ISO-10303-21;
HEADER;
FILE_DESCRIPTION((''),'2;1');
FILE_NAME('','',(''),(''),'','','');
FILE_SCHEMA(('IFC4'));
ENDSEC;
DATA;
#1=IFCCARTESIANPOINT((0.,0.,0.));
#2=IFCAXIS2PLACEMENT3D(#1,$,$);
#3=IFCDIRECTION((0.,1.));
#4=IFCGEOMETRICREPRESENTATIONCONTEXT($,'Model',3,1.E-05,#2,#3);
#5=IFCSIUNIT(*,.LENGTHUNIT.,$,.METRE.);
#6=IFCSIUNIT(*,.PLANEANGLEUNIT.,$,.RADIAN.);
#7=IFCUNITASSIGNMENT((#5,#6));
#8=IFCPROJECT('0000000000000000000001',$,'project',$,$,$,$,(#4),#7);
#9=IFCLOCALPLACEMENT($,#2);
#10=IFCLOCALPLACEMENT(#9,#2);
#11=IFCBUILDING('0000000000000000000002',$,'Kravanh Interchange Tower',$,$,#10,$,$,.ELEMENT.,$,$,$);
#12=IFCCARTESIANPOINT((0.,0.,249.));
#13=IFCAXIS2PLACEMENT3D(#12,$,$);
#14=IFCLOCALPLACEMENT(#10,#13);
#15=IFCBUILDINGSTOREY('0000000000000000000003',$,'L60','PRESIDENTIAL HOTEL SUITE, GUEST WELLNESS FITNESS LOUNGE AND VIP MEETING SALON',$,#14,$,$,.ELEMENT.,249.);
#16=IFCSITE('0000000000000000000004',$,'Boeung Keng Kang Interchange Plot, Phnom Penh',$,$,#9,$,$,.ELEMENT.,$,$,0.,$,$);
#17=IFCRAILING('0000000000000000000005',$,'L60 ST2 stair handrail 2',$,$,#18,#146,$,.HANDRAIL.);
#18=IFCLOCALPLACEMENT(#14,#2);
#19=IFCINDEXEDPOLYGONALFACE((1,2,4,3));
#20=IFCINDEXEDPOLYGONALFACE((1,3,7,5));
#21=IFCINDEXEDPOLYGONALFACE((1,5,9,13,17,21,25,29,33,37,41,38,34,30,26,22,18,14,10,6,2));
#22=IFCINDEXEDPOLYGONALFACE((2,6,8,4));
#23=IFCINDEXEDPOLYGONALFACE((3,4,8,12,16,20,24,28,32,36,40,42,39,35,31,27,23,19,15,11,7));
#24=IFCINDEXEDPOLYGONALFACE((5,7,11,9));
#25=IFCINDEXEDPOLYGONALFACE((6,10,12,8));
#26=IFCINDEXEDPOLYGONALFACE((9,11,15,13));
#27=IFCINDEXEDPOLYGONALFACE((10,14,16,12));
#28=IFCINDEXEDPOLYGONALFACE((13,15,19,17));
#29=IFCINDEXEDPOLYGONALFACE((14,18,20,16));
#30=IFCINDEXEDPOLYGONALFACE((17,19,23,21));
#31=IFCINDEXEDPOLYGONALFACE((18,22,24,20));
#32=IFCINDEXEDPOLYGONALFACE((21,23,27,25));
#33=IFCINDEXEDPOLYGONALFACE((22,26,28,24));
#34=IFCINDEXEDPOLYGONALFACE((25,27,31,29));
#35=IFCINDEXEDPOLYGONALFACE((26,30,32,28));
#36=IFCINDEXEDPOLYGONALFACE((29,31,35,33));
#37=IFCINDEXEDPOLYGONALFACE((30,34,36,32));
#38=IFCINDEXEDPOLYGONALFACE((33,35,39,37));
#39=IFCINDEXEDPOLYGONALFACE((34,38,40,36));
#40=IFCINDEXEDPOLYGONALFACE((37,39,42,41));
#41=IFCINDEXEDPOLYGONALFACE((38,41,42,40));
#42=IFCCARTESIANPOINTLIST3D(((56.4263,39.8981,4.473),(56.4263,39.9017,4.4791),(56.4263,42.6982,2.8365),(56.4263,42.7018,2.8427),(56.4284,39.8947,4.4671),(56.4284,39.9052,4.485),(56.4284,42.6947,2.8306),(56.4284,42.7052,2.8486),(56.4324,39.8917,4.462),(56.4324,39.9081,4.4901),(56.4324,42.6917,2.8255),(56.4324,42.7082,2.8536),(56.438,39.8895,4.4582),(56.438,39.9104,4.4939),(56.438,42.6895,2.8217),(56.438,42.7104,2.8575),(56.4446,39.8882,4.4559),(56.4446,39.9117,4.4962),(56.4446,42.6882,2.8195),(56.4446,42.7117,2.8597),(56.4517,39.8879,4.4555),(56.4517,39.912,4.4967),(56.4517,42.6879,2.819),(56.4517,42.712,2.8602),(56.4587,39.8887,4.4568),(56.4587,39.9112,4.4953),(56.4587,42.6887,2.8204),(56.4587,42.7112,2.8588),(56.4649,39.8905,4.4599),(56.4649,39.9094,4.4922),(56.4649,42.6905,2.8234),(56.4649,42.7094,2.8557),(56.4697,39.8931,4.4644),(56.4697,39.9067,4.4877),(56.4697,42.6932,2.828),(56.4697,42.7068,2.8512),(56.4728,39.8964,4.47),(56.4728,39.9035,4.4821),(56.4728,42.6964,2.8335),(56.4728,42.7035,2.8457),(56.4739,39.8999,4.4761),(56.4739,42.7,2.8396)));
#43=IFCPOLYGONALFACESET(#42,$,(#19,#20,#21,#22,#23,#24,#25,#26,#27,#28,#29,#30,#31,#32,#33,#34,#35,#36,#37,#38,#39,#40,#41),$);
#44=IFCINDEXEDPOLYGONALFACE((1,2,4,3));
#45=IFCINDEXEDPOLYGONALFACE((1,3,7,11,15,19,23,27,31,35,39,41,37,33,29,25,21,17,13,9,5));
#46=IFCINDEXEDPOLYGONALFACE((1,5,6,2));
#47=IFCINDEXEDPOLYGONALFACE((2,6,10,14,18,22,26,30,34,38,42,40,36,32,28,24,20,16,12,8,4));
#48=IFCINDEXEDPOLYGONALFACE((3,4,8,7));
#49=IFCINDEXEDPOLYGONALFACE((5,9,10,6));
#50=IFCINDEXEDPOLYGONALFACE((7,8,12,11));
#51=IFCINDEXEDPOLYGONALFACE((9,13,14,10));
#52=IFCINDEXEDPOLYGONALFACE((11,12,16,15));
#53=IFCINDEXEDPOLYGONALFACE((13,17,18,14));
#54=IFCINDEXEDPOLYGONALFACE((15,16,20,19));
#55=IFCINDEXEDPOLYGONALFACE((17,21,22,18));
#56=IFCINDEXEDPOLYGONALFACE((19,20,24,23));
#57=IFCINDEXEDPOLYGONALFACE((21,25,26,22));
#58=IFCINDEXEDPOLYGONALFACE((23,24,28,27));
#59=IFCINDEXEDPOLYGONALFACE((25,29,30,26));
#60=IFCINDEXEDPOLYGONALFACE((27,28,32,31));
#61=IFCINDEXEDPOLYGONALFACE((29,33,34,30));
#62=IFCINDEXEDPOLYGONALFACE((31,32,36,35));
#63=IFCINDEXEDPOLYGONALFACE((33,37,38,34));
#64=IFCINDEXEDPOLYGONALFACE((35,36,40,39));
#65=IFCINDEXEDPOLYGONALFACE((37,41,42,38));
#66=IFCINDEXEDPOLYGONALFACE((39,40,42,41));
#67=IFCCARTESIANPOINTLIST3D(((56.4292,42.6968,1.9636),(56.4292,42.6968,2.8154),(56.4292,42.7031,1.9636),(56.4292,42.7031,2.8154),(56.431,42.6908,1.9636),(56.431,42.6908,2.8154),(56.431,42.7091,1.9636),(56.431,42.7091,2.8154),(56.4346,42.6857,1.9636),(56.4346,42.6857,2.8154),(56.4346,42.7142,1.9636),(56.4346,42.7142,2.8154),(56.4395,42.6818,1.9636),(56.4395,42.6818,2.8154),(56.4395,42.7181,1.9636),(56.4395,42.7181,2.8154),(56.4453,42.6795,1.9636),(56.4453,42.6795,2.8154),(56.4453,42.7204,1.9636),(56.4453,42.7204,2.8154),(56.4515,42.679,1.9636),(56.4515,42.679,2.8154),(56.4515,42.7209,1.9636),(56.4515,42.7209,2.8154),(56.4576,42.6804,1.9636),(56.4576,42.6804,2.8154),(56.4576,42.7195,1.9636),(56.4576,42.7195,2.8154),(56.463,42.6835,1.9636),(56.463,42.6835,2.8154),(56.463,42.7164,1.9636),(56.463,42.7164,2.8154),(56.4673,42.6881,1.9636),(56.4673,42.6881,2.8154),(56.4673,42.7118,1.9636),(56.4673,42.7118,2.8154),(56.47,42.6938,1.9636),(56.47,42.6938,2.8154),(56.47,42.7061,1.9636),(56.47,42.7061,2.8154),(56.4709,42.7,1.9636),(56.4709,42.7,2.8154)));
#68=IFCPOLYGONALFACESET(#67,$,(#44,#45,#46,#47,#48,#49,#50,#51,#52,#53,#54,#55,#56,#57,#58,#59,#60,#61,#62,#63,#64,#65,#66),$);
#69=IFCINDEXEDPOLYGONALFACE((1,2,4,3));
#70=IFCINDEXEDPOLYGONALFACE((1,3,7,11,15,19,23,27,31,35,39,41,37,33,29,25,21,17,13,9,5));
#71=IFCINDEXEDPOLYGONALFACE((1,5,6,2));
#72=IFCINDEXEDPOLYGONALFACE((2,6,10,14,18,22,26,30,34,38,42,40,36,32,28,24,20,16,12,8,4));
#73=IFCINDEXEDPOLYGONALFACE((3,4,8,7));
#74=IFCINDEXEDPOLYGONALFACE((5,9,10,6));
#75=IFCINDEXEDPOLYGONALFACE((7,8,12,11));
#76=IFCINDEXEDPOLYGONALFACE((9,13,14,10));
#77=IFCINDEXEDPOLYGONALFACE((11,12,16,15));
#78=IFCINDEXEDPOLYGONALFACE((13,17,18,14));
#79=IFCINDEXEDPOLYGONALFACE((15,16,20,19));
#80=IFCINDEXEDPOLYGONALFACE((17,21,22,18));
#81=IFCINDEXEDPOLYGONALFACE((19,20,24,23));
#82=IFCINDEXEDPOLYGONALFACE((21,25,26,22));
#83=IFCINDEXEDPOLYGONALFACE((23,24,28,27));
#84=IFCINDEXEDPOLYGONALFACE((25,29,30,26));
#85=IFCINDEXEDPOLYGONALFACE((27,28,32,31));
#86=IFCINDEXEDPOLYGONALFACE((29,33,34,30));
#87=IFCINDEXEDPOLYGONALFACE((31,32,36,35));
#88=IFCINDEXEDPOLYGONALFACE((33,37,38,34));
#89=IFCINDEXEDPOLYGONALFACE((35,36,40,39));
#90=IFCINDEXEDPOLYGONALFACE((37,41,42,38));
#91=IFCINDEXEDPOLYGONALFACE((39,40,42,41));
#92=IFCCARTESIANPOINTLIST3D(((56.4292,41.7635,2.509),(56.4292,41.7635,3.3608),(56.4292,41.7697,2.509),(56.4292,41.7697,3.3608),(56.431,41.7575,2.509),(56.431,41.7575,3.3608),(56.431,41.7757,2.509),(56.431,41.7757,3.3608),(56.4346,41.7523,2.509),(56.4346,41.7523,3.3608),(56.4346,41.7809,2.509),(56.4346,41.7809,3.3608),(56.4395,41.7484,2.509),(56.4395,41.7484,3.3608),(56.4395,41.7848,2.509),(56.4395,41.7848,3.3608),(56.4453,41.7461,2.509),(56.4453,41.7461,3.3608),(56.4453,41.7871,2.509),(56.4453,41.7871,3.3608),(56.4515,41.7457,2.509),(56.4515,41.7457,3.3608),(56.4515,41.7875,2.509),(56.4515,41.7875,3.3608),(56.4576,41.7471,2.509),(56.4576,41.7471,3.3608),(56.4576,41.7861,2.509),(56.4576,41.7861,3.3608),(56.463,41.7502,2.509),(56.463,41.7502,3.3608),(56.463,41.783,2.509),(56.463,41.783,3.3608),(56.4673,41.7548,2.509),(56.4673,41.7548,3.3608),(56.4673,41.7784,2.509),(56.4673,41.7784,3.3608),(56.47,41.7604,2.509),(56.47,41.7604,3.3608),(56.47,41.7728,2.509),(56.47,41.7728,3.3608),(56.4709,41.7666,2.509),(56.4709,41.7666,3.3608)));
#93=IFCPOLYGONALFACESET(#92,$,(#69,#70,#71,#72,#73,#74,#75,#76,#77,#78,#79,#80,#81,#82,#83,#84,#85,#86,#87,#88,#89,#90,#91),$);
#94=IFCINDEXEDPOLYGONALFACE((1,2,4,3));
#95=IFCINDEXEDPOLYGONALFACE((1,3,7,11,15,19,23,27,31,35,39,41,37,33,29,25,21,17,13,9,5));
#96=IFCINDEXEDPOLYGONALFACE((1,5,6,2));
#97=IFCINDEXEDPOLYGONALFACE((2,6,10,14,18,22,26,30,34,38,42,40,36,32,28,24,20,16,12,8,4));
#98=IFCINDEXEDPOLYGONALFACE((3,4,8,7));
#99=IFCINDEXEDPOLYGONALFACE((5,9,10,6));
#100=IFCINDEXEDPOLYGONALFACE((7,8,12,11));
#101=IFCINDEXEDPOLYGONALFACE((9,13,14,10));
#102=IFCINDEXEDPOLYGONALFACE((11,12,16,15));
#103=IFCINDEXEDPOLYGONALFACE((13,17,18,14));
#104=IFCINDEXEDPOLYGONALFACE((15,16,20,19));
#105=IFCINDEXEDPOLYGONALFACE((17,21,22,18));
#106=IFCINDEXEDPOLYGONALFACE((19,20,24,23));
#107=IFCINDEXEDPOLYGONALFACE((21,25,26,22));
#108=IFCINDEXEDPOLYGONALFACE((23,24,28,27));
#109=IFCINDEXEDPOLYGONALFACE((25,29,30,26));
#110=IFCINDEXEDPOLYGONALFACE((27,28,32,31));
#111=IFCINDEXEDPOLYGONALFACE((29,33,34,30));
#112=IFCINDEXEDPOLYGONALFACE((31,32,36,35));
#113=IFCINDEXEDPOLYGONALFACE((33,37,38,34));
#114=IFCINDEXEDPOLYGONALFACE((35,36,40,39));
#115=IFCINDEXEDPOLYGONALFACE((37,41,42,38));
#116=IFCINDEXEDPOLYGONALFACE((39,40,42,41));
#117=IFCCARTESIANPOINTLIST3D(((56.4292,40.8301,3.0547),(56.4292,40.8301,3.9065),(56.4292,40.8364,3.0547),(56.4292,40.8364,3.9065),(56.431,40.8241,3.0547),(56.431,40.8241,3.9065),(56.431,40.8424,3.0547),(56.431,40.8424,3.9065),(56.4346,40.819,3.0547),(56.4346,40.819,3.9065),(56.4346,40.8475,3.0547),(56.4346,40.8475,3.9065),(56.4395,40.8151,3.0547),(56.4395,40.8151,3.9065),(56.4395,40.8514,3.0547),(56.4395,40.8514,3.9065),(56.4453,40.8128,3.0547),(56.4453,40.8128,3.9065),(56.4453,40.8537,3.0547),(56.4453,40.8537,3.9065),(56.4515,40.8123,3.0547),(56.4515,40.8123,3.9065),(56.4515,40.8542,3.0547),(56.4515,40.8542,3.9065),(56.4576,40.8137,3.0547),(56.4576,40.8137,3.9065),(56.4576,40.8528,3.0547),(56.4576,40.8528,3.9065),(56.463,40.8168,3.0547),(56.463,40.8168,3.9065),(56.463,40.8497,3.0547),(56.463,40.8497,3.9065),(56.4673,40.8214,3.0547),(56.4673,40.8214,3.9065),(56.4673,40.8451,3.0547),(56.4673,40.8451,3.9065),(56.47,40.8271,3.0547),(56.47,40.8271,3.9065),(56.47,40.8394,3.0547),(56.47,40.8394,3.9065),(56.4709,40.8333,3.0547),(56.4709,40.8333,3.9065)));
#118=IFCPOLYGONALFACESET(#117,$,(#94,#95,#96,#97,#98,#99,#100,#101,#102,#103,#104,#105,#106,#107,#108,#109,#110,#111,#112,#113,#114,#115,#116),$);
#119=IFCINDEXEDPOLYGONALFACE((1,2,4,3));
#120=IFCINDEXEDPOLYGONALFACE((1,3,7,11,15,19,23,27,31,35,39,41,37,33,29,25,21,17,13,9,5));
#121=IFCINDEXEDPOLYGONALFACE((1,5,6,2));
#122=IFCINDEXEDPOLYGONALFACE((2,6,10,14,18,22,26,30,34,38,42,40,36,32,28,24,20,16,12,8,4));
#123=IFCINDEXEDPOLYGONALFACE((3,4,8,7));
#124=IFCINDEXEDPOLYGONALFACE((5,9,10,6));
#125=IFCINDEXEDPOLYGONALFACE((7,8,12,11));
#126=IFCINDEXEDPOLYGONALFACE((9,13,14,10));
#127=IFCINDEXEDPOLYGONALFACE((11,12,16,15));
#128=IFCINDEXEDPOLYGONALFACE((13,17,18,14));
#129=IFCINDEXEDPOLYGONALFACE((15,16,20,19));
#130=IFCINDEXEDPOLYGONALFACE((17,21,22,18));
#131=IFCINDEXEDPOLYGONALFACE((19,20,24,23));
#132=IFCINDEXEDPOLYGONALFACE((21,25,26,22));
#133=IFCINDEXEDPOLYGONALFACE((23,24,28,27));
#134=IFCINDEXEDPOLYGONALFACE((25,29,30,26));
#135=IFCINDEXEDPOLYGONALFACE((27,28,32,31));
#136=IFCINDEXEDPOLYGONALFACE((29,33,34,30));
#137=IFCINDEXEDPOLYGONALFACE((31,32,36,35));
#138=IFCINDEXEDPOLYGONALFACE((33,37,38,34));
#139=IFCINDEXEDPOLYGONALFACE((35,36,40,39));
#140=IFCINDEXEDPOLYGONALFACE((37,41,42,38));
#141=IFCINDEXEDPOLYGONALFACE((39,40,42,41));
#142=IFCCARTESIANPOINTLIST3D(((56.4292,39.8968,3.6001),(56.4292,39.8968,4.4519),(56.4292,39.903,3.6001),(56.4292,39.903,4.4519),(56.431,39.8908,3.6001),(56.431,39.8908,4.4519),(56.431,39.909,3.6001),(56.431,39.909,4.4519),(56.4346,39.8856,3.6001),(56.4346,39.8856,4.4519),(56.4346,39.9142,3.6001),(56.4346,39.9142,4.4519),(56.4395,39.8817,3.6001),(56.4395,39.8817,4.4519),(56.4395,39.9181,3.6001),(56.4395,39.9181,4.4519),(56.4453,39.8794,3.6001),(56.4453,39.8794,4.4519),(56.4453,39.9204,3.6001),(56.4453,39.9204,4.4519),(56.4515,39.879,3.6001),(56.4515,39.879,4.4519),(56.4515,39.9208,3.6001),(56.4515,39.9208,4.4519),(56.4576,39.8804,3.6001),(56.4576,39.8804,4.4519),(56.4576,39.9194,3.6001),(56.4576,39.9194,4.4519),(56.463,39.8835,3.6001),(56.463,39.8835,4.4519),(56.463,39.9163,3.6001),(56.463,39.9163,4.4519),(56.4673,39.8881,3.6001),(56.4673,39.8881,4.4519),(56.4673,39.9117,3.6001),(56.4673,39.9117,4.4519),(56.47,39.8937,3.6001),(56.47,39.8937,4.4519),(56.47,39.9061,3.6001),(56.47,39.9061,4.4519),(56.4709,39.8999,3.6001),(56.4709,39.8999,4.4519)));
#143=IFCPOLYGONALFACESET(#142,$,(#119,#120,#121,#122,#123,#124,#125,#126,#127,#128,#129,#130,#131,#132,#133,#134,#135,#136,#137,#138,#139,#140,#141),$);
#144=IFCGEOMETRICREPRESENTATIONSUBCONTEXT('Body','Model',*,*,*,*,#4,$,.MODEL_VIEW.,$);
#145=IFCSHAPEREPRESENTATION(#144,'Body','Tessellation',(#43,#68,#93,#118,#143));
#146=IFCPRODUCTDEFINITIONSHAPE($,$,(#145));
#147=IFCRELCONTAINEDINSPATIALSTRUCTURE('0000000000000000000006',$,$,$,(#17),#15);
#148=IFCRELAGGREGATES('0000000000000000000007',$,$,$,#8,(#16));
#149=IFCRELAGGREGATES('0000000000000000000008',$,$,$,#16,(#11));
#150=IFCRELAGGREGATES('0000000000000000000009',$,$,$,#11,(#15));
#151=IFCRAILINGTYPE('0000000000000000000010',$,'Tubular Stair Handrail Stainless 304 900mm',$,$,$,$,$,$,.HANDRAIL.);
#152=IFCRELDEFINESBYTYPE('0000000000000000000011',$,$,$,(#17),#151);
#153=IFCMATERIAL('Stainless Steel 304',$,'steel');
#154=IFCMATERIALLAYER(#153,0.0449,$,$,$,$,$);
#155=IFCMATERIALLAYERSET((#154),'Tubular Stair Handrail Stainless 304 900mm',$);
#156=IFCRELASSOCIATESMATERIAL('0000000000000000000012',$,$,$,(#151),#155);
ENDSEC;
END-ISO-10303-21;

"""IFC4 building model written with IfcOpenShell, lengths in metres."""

from ifc_helpers import new_model, si_unit, direction, frame, origin, origin_2d, place, context, subcontext, project, spatial, circle, extrude, material, layer, layer_set, type_object, element, save


model = new_model("IFC4")

# Units and contexts
model_context = context("Model", 3, precision=1e-05, world=origin(), true_north=direction((0.0, 1.0)))
body_context = subcontext(model_context, "Body", "Model", "MODEL_VIEW")
ifc_project = project(units=[si_unit("LENGTHUNIT", "METRE"), si_unit("PLANEANGLEUNIT", "RADIAN")], contexts=[model_context])

# Site, building, storey
site_placement = place(None, origin())
site = spatial("IfcSite", under=ifc_project, at=site_placement, Name="Boeung Keng Kang Interchange Plot, Phnom Penh", CompositionType="ELEMENT", RefElevation=0.0)
building_placement = place(site_placement, origin())
building = spatial("IfcBuilding", under=site, at=building_placement, Name="Kravanh Interchange Tower", CompositionType="ELEMENT")
storey_placement = place(building_placement, frame((0.0, 0.0, 249.0)))
storey = spatial("IfcBuildingStorey", under=building, at=storey_placement, Name="L60", Description="PRESIDENTIAL HOTEL SUITE, GUEST WELLNESS FITNESS LOUNGE AND VIP MEETING SALON", CompositionType="ELEMENT", Elevation=249.0)

# Railing
ifc_material_1 = material(Name="Stainless Steel 304", Category="steel")
ifc_layer_1 = layer(ifc_material_1, 0.0449)
ifc_layer_set_1 = layer_set([ifc_layer_1], Name="Tubular Stair Handrail Stainless 304 900mm")
railing_type_1 = type_object("IfcRailingType", Name="Tubular Stair Handrail Stainless 304 900mm", PredefinedType="HANDRAIL", material=ifc_layer_set_1)
railing_1_placement = place(storey_placement, frame((56.45, 42.7, 1.9636)))
element("IfcRailing", 1, at=railing_1_placement, inside=storey, type_object=railing_type_1, Name="L60 ST2 stair handrail 2", PredefinedType="HANDRAIL", context=body_context, shape_type="SweptSolid", body=[
    extrude(circle(Radius=0.0239, at=origin_2d()), frame((0.0, 0.0, 0.876), z_axis=(0.0, -0.863361, 0.504587), x_axis=(1.0, 0.0, 0.0)), (0.0, 0.0, 1.0), 3.2432),
    extrude(circle(Radius=0.021, at=origin_2d()), origin(), (0.0, 0.0, 1.0), 0.8518),
    extrude(circle(Radius=0.021, at=origin_2d()), frame((0.0, -0.9333, 0.5454)), (0.0, 0.0, 1.0), 0.8518),
    extrude(circle(Radius=0.021, at=origin_2d()), frame((0.0, -1.8667, 1.0911)), (0.0, 0.0, 1.0), 0.8518),
    extrude(circle(Radius=0.021, at=origin_2d()), frame((0.0, -2.8, 1.6365)), (0.0, 0.0, 1.0), 0.8518),
])

save(model, "model.ifc")
